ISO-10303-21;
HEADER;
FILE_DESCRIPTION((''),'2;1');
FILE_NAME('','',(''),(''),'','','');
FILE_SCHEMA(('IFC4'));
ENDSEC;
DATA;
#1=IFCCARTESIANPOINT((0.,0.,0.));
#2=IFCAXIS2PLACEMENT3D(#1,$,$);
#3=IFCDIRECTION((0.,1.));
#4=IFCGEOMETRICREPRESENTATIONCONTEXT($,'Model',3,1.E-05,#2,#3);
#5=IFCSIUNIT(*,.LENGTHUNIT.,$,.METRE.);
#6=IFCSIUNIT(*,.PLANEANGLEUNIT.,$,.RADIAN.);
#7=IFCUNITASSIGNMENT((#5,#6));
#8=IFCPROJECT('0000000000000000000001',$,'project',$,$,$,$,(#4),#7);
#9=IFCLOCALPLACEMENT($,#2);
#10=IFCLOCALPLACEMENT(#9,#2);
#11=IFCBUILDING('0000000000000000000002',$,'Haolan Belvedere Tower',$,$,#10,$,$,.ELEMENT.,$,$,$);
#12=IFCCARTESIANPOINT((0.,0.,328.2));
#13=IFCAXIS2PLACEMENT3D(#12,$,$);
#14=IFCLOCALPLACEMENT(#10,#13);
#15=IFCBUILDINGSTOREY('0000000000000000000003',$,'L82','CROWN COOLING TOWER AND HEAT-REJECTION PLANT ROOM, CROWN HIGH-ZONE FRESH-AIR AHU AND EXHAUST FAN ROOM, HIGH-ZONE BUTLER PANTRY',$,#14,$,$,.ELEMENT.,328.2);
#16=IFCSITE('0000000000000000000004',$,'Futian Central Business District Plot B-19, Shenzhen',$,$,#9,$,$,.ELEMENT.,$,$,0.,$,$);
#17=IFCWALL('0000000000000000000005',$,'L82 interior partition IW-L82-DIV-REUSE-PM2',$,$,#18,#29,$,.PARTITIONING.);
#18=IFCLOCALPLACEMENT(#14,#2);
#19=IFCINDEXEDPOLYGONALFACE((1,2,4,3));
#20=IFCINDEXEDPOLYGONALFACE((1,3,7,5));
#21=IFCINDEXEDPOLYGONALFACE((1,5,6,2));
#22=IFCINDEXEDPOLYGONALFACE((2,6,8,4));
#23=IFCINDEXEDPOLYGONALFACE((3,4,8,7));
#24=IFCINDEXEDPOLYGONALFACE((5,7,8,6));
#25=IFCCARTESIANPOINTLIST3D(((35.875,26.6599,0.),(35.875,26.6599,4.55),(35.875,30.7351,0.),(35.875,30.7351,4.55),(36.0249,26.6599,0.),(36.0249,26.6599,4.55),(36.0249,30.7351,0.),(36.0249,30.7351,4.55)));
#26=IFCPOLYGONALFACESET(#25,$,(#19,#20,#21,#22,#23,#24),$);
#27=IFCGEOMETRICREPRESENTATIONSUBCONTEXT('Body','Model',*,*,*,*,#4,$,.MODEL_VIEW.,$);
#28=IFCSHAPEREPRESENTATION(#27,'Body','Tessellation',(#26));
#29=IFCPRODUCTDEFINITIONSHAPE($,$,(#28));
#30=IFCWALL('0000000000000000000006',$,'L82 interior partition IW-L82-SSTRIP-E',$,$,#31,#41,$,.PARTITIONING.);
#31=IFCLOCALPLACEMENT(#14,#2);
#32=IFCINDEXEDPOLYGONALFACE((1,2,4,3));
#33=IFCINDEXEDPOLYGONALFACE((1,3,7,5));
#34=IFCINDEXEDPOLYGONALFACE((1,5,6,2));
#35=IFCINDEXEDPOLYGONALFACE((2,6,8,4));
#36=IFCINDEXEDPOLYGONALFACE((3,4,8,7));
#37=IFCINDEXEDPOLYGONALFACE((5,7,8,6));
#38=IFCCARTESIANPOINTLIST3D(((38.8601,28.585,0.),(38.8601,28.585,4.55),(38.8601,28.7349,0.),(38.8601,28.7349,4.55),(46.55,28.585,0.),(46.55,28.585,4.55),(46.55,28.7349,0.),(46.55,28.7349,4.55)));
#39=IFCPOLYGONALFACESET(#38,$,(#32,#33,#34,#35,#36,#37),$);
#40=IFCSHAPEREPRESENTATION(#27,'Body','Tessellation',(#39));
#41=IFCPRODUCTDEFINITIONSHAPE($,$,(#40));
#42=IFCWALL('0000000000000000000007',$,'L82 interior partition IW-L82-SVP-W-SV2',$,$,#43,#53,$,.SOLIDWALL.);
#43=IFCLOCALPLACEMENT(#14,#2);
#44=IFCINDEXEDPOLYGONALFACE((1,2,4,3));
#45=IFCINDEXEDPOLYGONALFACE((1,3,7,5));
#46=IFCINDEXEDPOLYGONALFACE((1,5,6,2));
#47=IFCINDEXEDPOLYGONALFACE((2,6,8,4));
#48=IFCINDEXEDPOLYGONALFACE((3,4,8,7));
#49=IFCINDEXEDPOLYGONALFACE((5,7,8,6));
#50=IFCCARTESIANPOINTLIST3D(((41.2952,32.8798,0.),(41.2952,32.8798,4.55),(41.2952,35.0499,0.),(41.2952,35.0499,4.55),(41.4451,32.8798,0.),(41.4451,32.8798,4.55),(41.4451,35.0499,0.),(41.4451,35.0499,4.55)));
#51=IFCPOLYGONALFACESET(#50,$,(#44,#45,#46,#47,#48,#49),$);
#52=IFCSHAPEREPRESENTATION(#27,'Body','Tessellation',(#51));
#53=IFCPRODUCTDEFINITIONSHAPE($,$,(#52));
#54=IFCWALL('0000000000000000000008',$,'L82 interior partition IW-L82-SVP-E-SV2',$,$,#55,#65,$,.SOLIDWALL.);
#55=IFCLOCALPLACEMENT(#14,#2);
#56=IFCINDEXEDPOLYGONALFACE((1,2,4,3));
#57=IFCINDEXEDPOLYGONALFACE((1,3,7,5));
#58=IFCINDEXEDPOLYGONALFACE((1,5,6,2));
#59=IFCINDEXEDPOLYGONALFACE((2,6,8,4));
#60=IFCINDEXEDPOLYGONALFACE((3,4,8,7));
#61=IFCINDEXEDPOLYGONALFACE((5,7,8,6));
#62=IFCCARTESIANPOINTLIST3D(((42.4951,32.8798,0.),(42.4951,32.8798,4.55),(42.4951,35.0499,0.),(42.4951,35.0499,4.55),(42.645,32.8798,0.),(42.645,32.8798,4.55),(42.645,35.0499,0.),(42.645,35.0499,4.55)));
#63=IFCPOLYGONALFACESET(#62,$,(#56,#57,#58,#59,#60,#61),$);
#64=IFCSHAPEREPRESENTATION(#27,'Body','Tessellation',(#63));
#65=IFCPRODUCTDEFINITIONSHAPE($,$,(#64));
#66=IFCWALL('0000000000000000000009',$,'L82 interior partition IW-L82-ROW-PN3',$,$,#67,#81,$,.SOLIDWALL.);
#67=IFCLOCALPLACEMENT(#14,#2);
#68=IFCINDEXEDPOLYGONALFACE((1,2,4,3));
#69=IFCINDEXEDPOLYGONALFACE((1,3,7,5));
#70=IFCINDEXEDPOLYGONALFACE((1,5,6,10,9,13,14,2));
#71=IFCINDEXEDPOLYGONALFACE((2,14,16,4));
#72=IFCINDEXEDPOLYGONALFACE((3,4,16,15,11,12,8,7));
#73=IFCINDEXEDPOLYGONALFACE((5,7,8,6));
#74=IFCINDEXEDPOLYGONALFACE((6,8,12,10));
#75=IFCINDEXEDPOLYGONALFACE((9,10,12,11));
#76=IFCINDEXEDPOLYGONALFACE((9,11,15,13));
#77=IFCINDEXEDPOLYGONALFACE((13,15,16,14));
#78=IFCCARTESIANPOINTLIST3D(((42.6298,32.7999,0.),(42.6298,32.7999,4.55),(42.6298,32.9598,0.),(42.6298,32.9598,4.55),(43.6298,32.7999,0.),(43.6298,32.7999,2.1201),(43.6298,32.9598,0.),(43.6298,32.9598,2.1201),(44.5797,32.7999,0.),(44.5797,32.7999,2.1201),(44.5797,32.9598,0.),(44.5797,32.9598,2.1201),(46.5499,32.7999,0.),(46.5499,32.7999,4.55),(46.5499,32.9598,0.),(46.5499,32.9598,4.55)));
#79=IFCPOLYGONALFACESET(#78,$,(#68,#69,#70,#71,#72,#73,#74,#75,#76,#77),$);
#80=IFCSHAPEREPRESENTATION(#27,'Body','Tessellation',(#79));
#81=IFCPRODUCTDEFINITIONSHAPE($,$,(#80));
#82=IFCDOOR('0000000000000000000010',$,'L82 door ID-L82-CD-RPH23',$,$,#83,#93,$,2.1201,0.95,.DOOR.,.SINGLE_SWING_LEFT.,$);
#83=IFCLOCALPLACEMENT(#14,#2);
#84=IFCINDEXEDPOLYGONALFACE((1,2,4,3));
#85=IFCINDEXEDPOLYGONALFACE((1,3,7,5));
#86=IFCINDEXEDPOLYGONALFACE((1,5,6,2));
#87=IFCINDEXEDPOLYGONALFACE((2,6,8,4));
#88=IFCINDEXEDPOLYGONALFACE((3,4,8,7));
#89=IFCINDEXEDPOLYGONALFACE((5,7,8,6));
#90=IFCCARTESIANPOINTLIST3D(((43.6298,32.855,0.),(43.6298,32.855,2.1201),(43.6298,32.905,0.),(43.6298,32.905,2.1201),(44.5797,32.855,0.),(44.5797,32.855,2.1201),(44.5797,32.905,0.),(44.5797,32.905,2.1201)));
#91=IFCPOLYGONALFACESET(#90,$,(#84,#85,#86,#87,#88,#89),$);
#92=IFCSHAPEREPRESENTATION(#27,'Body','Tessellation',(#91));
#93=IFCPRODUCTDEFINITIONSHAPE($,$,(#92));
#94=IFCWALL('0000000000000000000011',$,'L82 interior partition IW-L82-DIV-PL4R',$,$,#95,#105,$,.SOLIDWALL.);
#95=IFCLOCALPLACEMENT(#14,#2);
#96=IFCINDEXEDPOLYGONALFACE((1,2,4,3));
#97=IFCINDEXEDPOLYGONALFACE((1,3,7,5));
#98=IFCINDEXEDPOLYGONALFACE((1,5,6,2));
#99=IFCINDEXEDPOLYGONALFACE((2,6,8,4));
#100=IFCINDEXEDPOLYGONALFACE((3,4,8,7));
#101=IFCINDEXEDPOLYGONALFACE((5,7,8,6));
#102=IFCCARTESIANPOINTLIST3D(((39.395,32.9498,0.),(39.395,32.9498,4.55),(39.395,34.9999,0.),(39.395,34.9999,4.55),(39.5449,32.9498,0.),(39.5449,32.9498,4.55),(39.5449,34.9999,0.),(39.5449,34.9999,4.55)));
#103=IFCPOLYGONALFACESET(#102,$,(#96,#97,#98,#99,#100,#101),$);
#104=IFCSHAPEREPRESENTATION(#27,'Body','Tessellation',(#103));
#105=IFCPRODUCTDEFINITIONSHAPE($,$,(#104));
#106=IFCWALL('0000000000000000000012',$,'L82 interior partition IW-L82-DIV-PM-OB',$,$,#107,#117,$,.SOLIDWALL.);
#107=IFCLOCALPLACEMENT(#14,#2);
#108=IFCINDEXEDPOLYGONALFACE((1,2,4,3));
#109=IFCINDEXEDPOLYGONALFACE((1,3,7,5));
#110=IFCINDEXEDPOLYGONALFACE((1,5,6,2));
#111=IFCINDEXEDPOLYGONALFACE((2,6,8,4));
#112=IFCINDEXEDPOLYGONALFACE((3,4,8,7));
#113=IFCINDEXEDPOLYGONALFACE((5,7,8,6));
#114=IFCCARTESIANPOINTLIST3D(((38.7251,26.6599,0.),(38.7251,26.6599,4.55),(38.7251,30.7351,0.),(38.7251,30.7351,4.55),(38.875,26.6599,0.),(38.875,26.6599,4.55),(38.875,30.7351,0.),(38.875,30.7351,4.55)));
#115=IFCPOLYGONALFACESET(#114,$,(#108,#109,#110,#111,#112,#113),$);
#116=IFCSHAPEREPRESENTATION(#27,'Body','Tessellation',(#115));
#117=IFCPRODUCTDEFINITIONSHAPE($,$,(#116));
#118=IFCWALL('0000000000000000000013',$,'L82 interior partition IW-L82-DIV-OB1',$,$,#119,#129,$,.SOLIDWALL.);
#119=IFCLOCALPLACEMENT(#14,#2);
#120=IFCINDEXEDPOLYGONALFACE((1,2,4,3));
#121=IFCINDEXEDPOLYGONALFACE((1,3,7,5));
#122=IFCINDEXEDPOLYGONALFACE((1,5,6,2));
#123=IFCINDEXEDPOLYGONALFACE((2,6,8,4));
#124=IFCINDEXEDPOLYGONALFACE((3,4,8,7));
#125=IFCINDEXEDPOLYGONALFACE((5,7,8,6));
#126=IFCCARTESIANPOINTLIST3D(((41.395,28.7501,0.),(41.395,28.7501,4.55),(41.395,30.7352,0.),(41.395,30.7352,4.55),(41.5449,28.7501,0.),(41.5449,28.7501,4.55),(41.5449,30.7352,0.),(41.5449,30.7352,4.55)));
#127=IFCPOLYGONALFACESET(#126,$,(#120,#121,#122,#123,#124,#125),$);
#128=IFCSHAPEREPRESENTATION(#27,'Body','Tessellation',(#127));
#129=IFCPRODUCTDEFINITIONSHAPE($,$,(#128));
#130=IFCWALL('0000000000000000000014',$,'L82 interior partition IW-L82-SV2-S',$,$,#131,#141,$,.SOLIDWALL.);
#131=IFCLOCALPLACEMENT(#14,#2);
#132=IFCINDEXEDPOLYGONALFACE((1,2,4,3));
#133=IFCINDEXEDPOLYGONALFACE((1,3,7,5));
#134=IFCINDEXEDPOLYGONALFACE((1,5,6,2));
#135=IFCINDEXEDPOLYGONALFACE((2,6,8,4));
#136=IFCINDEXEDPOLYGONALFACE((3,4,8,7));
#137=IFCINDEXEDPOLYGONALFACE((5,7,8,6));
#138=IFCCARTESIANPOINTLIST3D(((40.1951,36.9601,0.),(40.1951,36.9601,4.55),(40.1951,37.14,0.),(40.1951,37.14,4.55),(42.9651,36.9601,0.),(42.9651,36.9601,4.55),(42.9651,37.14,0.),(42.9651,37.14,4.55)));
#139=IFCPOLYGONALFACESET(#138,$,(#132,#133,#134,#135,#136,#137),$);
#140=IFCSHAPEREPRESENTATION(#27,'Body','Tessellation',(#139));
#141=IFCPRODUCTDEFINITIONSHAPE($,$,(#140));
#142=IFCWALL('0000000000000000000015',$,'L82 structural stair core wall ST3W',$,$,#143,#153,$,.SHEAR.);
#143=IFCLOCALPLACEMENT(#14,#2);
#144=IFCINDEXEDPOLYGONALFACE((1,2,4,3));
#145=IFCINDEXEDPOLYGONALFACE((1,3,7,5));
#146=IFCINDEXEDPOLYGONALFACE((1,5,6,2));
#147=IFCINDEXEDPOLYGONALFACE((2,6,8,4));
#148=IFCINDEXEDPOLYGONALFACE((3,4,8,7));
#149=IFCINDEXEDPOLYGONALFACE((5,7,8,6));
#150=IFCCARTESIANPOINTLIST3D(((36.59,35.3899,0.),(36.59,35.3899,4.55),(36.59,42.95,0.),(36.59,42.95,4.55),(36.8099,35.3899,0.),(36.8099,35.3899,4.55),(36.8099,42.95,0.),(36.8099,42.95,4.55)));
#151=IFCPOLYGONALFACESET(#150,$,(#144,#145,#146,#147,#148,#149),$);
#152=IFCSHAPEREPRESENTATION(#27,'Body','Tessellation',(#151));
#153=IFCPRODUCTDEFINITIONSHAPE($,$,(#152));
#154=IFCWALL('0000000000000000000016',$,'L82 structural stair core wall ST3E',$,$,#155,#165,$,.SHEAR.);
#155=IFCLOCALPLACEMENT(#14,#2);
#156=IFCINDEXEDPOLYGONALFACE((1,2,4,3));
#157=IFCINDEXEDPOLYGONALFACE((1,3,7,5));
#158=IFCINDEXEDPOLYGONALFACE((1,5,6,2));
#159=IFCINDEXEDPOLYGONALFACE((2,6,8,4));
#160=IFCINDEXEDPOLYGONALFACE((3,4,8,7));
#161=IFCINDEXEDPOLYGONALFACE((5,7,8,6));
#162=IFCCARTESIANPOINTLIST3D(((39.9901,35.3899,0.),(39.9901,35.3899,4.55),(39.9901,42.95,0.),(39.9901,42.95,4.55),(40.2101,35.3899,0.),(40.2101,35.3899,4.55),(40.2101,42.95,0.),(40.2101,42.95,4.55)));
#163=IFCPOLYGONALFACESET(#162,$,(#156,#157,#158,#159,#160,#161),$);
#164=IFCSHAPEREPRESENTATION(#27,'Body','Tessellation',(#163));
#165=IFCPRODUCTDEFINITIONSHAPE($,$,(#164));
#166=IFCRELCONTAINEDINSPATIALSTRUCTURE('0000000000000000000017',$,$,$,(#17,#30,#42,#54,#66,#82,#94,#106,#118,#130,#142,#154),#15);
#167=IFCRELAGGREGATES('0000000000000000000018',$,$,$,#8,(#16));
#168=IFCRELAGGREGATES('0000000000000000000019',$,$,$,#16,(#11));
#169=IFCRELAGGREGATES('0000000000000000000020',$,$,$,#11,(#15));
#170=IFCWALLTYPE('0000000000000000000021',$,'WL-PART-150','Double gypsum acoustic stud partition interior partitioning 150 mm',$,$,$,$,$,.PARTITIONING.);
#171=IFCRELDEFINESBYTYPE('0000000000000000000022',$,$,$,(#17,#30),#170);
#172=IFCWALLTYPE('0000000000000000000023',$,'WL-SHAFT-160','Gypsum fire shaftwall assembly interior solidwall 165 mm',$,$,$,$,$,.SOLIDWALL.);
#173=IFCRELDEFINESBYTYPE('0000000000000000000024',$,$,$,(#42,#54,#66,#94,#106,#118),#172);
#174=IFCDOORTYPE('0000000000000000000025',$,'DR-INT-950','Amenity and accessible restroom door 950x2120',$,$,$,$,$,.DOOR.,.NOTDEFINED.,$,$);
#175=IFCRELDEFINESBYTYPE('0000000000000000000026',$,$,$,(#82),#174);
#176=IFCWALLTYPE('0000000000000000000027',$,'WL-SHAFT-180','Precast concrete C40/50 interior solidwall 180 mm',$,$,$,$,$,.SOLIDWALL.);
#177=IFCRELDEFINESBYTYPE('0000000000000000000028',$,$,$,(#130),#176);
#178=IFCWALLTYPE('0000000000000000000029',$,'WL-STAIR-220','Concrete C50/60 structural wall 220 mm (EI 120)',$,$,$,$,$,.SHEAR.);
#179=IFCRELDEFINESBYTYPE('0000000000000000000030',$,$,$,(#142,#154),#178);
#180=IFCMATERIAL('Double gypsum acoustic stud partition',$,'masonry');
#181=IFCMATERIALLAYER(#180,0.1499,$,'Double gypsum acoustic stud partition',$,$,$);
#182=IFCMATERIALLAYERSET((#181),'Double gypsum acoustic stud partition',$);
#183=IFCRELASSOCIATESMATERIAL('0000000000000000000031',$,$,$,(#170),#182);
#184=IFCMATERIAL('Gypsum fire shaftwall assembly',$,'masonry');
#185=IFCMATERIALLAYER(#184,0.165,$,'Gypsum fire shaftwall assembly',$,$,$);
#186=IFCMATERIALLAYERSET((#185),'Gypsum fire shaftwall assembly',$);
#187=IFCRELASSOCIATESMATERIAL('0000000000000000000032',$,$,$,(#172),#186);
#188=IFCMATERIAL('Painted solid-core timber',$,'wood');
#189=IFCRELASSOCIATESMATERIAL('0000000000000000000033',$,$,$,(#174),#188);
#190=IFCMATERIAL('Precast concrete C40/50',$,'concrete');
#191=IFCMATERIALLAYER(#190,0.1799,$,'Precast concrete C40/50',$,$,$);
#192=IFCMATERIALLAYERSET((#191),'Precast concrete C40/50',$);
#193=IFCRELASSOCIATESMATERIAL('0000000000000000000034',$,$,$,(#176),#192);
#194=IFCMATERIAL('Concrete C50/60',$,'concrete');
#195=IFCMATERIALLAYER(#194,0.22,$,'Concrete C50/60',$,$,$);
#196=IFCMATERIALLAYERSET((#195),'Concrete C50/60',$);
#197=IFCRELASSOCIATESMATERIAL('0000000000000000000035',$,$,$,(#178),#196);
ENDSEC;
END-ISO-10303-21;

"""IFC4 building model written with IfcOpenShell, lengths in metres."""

from ifc_helpers import new_model, si_unit, direction, frame, frame_2d, origin, place, context, subcontext, project, spatial, rectangle, extrude, material, layer, layer_set, type_object, element, fill, save


model = new_model("IFC4")

# Units and contexts
model_context = context("Model", 3, precision=1e-05, world=origin(), true_north=direction((0.0, 1.0)))
body_context = subcontext(model_context, "Body", "Model", "MODEL_VIEW")
ifc_project = project(units=[si_unit("LENGTHUNIT", "METRE"), si_unit("PLANEANGLEUNIT", "RADIAN")], contexts=[model_context])

# Site, building, storey
site_placement = place(None, origin())
site = spatial("IfcSite", under=ifc_project, at=site_placement, Name="Futian Central Business District Plot B-19, Shenzhen", CompositionType="ELEMENT", RefElevation=0.0)
building_placement = place(site_placement, origin())
building = spatial("IfcBuilding", under=site, at=building_placement, Name="Haolan Belvedere Tower", CompositionType="ELEMENT")
storey_placement = place(building_placement, frame((0.0, 0.0, 328.2)))
storey = spatial("IfcBuildingStorey", under=building, at=storey_placement, Name="L82", Description="CROWN COOLING TOWER AND HEAT-REJECTION PLANT ROOM, CROWN HIGH-ZONE FRESH-AIR AHU AND EXHAUST FAN ROOM, HIGH-ZONE BUTLER PANTRY", CompositionType="ELEMENT", Elevation=328.2)

# Walls
ifc_material_1 = material(Name="Double gypsum acoustic stud partition", Category="masonry")
ifc_layer_1 = layer(ifc_material_1, 0.1499, Name="Double gypsum acoustic stud partition")
ifc_layer_set_1 = layer_set([ifc_layer_1], Name="Double gypsum acoustic stud partition")
wall_type_1 = type_object("IfcWallType", Name="WL-PART-150", Description="Double gypsum acoustic stud partition interior partitioning 150 mm", PredefinedType="PARTITIONING", material=ifc_layer_set_1)
wall_1_placement = place(storey_placement, frame((35.95, 26.6599, 0.0), z_axis=(0.0, 0.0, 1.0), x_axis=(0.0, 1.0, 0.0)))
element("IfcWall", 1, at=wall_1_placement, inside=storey, type_object=wall_type_1, Name="L82 interior partition IW-L82-DIV-REUSE-PM2", PredefinedType="PARTITIONING", context=body_context, shape_type="SweptSolid", body=[
    extrude(rectangle(XDim=4.0752, YDim=0.1499, at=frame_2d((2.0376, 0.0))), origin(), (0.0, 0.0, 1.0), 4.55),
])
wall_2_placement = place(storey_placement, frame((38.8601, 28.6599, 0.0), z_axis=(0.0, 0.0, 1.0), x_axis=(1.0, 0.0, 0.0)))
element("IfcWall", 2, at=wall_2_placement, inside=storey, type_object=wall_type_1, Name="L82 interior partition IW-L82-SSTRIP-E", PredefinedType="PARTITIONING", context=body_context, shape_type="SweptSolid", body=[
    extrude(rectangle(XDim=7.6899, YDim=0.1499, at=frame_2d((3.845, 0.0))), origin(), (0.0, 0.0, 1.0), 4.55),
])
ifc_material_2 = material(Name="Gypsum fire shaftwall assembly", Category="masonry")
ifc_layer_2 = layer(ifc_material_2, 0.165, Name="Gypsum fire shaftwall assembly")
ifc_layer_set_2 = layer_set([ifc_layer_2], Name="Gypsum fire shaftwall assembly")
wall_type_2 = type_object("IfcWallType", Name="WL-SHAFT-160", Description="Gypsum fire shaftwall assembly interior solidwall 165 mm", PredefinedType="SOLIDWALL", material=ifc_layer_set_2)
for number, where, z_axis, x_axis, name in (
    (3, (41.3701, 32.8799, 0.0), (0.0, 0.0, 1.0), (0.0, 1.0, 0.0), "L82 interior partition IW-L82-SVP-W-SV2"),
    (4, (42.5701, 32.8799, 0.0), (0.0, 0.0, 1.0), (0.0, 1.0, 0.0), "L82 interior partition IW-L82-SVP-E-SV2"),
):
    element("IfcWall", number, at=place(storey_placement, frame(where, z_axis=z_axis, x_axis=x_axis)), inside=storey, type_object=wall_type_2, Name=name, PredefinedType="SOLIDWALL", context=body_context, shape_type="SweptSolid", body=[
        extrude(rectangle(XDim=2.1702, YDim=0.1499, at=frame_2d((1.085, 0.0))), origin(), (0.0, 0.0, 1.0), 4.55),
    ])

# Wall, opening, door
wall_3_placement = place(storey_placement, frame((42.6299, 32.8799, 0.0), z_axis=(0.0, 0.0, 1.0), x_axis=(1.0, 0.0, 0.0)))
wall_3 = element("IfcWall", 5, at=wall_3_placement, inside=storey, type_object=wall_type_2, Name="L82 interior partition IW-L82-ROW-PN3", PredefinedType="SOLIDWALL", context=body_context, shape_type="SweptSolid", body=[
    extrude(rectangle(XDim=3.9202, YDim=0.1599, at=frame_2d((1.96, 0.0))), origin(), (0.0, 0.0, 1.0), 4.55),
])
opening_placement = place(wall_3_placement, frame((1.95, 0.0, 0.0), z_axis=(0.0, 0.0, 1.0), x_axis=(-1.0, 0.0, 0.0)))
opening = element("IfcOpeningElement", 6, at=opening_placement, cuts=wall_3, PredefinedType="OPENING", context=body_context, shape_type="SweptSolid", body=[
    extrude(rectangle(XDim=0.95, YDim=2.1201, at=frame_2d((0.4751, 1.0601))), frame((0.0, 0.0898, 0.0), z_axis=(0.0, -1.0, 0.0), x_axis=(1.0, 0.0, 0.0)), (0.0, 0.0, 1.0), 0.1799),
])
ifc_material_3 = material(Name="Painted solid-core timber", Category="wood")
door_type = type_object("IfcDoorType", Name="DR-INT-950", Description="Amenity and accessible restroom door 950x2120", OperationType="NOTDEFINED", PredefinedType="DOOR", material=ifc_material_3)
door_placement = place(opening_placement, origin())
door = element("IfcDoor", 7, at=door_placement, inside=storey, type_object=door_type, Name="L82 door ID-L82-CD-RPH23", OperationType="SINGLE_SWING_LEFT", OverallHeight=2.1201, OverallWidth=0.95, PredefinedType="DOOR", context=body_context, shape_type="SweptSolid", body=[
    extrude(rectangle(XDim=0.95, YDim=2.1201, at=frame_2d((0.4751, 1.0601))), frame((0.0, 0.0249, 0.0), z_axis=(0.0, -1.0, 0.0), x_axis=(1.0, 0.0, 0.0)), (0.0, 0.0, 1.0), 0.05),
])
fill(opening, door)

# Walls
wall_4_placement = place(storey_placement, frame((39.47, 32.95, 0.0), z_axis=(0.0, 0.0, 1.0), x_axis=(0.0, 1.0, 0.0)))
element("IfcWall", 8, at=wall_4_placement, inside=storey, type_object=wall_type_2, Name="L82 interior partition IW-L82-DIV-PL4R", PredefinedType="SOLIDWALL", context=body_context, shape_type="SweptSolid", body=[
    extrude(rectangle(XDim=2.05, YDim=0.1499, at=frame_2d((1.0249, 0.0))), origin(), (0.0, 0.0, 1.0), 4.55),
])
wall_5_placement = place(storey_placement, frame((38.8, 26.6599, 0.0), z_axis=(0.0, 0.0, 1.0), x_axis=(0.0, 1.0, 0.0)))
element("IfcWall", 9, at=wall_5_placement, inside=storey, type_object=wall_type_2, Name="L82 interior partition IW-L82-DIV-PM-OB", PredefinedType="SOLIDWALL", context=body_context, shape_type="SweptSolid", body=[
    extrude(rectangle(XDim=4.0752, YDim=0.1499, at=frame_2d((2.0376, 0.0))), origin(), (0.0, 0.0, 1.0), 4.55),
])
wall_6_placement = place(storey_placement, frame((41.47, 28.75, 0.0), z_axis=(0.0, 0.0, 1.0), x_axis=(0.0, 1.0, 0.0)))
element("IfcWall", 10, at=wall_6_placement, inside=storey, type_object=wall_type_2, Name="L82 interior partition IW-L82-DIV-OB1", PredefinedType="SOLIDWALL", context=body_context, shape_type="SweptSolid", body=[
    extrude(rectangle(XDim=1.9851, YDim=0.1499, at=frame_2d((0.9927, 0.0))), origin(), (0.0, 0.0, 1.0), 4.55),
])
ifc_material_4 = material(Name="Precast concrete C40/50", Category="concrete")
ifc_layer_3 = layer(ifc_material_4, 0.1799, Name="Precast concrete C40/50")
ifc_layer_set_3 = layer_set([ifc_layer_3], Name="Precast concrete C40/50")
wall_type_3 = type_object("IfcWallType", Name="WL-SHAFT-180", Description="Precast concrete C40/50 interior solidwall 180 mm", PredefinedType="SOLIDWALL", material=ifc_layer_set_3)
wall_7_placement = place(storey_placement, frame((40.1951, 37.05, 0.0), z_axis=(0.0, 0.0, 1.0), x_axis=(1.0, 0.0, 0.0)))
element("IfcWall", 11, at=wall_7_placement, inside=storey, type_object=wall_type_3, Name="L82 interior partition IW-L82-SV2-S", PredefinedType="SOLIDWALL", context=body_context, shape_type="SweptSolid", body=[
    extrude(rectangle(XDim=2.77, YDim=0.1799, at=frame_2d((1.385, 0.0))), origin(), (0.0, 0.0, 1.0), 4.55),
])
ifc_material_5 = material(Name="Concrete C50/60", Category="concrete")
ifc_layer_4 = layer(ifc_material_5, 0.22, Name="Concrete C50/60")
ifc_layer_set_4 = layer_set([ifc_layer_4], Name="Concrete C50/60")
wall_type_4 = type_object("IfcWallType", Name="WL-STAIR-220", Description="Concrete C50/60 structural wall 220 mm (EI 120)", PredefinedType="SHEAR", material=ifc_layer_set_4)
for number, where, z_axis, x_axis, name in (
    (12, (36.7, 35.3899, 0.0), (0.0, 0.0, 1.0), (0.0, 1.0, 0.0), "L82 structural stair core wall ST3W"),
    (13, (40.1001, 35.3899, 0.0), (0.0, 0.0, 1.0), (0.0, 1.0, 0.0), "L82 structural stair core wall ST3E"),
):
    element("IfcWall", number, at=place(storey_placement, frame(where, z_axis=z_axis, x_axis=x_axis)), inside=storey, type_object=wall_type_4, Name=name, PredefinedType="SHEAR", context=body_context, shape_type="SweptSolid", body=[
        extrude(rectangle(XDim=7.5601, YDim=0.22, at=frame_2d((3.78, 0.0))), origin(), (0.0, 0.0, 1.0), 4.55),
    ])

save(model, "model.ifc")
